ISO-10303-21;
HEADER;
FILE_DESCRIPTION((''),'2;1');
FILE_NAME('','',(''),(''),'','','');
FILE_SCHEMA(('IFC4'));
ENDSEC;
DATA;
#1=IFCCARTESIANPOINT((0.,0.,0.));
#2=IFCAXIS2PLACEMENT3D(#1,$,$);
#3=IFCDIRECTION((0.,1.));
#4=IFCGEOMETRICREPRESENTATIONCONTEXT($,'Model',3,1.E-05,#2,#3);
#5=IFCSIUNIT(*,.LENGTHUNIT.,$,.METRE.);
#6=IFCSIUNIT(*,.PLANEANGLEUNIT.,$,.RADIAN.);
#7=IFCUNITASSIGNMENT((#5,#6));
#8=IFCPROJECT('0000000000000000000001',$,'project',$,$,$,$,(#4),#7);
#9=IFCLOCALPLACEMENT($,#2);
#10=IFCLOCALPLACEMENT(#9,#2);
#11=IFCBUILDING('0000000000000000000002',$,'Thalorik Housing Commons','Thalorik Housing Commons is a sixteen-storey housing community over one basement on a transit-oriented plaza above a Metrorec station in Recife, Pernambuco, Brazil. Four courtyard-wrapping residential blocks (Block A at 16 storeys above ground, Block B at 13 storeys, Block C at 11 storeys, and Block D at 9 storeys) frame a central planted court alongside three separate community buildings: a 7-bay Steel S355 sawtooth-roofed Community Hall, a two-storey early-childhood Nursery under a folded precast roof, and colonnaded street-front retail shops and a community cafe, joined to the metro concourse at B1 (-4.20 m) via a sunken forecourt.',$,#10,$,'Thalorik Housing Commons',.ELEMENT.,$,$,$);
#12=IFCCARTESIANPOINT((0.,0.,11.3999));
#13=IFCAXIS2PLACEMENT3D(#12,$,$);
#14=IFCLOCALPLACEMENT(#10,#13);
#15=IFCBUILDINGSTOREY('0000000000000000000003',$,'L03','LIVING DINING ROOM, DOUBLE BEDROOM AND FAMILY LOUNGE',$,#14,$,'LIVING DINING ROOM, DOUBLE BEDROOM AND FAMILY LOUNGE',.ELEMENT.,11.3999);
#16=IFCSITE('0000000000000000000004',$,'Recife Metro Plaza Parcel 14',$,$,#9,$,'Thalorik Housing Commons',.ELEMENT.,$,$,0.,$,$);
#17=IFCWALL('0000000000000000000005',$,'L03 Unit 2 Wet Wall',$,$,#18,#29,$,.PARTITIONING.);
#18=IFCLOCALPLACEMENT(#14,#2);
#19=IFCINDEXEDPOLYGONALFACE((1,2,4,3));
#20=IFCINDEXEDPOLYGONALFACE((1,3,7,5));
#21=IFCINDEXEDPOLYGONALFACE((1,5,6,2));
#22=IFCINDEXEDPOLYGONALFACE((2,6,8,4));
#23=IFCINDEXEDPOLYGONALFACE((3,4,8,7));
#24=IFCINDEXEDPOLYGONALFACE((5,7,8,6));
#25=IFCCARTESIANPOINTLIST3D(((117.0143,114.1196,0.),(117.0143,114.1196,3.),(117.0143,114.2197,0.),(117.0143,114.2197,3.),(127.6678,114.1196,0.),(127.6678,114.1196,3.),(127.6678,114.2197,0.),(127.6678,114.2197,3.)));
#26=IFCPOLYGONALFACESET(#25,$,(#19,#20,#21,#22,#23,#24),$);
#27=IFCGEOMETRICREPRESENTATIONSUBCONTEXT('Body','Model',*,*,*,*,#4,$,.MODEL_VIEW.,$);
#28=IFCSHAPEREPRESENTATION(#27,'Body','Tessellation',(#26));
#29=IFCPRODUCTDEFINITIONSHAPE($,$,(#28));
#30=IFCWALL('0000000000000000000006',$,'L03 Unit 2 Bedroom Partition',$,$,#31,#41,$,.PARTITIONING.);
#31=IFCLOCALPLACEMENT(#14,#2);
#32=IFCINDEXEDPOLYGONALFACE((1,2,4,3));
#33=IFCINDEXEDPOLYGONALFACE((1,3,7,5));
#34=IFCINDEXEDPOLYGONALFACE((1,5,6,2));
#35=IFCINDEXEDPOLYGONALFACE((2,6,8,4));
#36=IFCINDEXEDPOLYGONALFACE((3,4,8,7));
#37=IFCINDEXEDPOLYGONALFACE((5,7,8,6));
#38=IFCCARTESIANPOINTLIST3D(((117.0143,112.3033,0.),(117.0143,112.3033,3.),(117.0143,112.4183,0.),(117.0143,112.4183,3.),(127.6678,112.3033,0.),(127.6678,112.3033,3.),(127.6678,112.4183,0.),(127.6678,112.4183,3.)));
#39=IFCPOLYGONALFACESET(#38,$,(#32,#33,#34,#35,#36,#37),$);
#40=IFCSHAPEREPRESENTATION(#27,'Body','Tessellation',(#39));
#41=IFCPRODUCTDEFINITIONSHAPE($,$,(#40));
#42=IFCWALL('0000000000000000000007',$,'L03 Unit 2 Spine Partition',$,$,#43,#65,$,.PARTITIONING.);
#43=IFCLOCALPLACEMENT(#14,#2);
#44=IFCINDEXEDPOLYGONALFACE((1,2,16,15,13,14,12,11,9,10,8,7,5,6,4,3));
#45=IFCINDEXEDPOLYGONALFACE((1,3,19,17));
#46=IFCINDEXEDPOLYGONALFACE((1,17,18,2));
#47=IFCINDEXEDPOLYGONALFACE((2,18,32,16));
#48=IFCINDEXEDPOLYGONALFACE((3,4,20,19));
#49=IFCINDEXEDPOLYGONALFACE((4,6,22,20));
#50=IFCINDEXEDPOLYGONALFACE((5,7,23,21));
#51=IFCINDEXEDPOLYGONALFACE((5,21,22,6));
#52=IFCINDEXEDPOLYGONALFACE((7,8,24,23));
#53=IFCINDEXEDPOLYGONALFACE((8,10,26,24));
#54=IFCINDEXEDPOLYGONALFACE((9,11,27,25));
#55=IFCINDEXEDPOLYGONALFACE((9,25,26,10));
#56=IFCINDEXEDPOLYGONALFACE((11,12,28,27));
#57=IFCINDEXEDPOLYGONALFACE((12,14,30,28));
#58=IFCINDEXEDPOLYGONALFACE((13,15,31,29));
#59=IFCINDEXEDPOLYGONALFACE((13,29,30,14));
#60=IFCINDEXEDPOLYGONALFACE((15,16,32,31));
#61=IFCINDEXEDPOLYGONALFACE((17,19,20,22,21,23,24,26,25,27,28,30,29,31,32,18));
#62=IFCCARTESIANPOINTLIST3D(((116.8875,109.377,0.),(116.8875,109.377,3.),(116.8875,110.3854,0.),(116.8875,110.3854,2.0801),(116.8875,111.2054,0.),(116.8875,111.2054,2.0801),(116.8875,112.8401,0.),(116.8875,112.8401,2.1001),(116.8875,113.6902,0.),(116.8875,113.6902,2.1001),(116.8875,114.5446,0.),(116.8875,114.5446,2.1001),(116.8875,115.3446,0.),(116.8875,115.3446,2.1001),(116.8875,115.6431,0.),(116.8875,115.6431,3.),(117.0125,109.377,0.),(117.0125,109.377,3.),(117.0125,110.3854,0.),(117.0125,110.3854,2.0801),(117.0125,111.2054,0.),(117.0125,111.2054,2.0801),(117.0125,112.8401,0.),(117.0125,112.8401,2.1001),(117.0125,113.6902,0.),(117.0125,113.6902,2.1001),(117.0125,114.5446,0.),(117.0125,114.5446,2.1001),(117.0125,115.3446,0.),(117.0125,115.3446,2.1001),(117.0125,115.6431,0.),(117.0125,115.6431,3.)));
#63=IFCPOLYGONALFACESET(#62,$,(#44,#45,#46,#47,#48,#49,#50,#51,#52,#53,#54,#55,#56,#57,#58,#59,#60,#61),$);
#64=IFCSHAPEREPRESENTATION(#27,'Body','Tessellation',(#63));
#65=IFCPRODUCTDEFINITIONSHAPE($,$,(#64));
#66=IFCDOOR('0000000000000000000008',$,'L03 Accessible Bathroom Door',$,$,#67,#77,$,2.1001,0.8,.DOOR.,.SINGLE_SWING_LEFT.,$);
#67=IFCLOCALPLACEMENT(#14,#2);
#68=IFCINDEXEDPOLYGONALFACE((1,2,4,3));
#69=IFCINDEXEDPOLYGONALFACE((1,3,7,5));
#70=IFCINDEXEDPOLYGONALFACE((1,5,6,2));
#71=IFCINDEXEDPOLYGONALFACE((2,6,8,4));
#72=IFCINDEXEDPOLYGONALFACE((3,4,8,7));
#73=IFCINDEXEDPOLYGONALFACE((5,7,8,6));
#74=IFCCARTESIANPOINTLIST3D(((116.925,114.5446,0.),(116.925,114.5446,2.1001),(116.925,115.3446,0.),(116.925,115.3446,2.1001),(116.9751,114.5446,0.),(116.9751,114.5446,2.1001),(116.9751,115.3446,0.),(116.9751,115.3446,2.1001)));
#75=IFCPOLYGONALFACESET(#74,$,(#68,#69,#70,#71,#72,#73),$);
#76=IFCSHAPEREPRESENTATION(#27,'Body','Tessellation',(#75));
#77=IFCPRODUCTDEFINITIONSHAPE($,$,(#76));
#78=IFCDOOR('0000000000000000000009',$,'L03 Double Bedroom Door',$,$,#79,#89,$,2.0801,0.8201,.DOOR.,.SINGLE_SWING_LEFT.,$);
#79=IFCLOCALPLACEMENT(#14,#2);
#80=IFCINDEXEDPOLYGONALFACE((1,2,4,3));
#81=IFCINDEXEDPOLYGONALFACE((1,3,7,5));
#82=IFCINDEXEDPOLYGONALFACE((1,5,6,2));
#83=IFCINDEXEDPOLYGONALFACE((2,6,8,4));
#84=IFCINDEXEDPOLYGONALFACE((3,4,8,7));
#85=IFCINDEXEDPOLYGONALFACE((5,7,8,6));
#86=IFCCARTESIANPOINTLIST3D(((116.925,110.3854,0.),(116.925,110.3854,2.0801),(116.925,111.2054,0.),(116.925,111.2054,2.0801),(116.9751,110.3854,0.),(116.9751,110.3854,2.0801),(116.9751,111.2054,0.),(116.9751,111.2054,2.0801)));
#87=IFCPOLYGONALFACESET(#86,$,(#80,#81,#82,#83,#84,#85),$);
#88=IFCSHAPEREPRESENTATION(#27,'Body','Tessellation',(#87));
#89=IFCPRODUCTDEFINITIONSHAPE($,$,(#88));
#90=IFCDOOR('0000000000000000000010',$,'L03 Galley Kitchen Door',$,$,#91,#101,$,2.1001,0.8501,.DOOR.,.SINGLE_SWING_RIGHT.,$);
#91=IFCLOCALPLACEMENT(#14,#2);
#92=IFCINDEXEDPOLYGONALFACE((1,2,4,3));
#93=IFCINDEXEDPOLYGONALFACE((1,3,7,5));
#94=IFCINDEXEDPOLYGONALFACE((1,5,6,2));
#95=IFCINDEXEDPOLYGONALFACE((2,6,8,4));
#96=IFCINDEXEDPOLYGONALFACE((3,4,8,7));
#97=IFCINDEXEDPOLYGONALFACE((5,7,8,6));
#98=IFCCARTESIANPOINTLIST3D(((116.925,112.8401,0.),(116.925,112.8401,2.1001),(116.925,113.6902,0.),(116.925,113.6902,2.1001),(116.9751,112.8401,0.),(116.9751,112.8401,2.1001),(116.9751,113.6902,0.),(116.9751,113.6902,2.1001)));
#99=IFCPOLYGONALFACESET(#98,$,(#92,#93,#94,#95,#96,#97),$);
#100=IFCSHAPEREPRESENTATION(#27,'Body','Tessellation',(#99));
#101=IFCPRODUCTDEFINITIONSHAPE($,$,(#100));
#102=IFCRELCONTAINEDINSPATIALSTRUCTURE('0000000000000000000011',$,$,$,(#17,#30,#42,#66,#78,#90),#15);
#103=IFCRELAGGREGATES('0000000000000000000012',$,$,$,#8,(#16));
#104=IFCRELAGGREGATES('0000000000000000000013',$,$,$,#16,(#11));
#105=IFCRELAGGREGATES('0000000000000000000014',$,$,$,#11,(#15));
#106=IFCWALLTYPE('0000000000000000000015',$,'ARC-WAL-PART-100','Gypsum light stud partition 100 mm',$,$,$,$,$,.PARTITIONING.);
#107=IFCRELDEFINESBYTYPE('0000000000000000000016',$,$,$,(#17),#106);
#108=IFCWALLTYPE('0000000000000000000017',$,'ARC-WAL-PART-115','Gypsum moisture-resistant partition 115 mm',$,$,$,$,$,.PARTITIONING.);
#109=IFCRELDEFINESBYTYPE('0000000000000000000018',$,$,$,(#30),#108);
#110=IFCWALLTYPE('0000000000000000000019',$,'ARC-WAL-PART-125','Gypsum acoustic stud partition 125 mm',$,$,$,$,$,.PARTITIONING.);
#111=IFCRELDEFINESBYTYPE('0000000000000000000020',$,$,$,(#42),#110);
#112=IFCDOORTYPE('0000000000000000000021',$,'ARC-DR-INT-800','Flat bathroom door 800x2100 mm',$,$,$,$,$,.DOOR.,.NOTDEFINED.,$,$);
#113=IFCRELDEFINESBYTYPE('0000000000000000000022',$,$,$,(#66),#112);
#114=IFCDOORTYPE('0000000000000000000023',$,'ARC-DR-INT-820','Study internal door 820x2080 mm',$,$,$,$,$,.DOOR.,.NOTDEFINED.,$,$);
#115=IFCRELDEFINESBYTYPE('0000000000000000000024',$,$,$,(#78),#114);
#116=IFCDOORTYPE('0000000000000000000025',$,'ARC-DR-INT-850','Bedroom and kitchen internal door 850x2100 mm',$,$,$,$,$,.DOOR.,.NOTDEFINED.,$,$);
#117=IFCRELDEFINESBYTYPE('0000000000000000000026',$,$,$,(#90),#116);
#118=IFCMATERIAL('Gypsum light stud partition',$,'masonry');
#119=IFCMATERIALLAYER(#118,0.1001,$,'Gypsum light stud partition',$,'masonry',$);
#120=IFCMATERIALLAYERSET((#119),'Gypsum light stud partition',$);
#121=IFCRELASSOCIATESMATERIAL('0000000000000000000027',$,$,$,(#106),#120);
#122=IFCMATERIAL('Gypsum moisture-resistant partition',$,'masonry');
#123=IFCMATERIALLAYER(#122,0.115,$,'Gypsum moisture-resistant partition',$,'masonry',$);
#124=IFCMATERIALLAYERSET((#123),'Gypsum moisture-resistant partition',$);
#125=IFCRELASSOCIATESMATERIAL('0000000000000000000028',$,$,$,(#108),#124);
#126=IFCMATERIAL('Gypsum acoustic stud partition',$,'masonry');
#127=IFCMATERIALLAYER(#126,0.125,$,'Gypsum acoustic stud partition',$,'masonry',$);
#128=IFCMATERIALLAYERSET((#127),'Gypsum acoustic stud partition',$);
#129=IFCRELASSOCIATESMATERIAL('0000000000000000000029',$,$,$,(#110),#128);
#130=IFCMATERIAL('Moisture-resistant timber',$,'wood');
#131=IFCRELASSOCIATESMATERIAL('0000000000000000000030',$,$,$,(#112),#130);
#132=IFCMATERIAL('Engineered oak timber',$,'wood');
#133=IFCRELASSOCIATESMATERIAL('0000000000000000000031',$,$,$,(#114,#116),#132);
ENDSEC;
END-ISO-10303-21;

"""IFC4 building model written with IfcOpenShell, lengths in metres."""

from ifc_helpers import new_model, si_unit, direction, frame, frame_2d, origin, place, context, subcontext, project, spatial, rectangle, extrude, material, layer, layer_set, type_object, element, fill, save


model = new_model("IFC4")

# Units and contexts
model_context = context("Model", 3, precision=1e-05, world=origin(), true_north=direction((0.0, 1.0)))
body_context = subcontext(model_context, "Body", "Model", "MODEL_VIEW")
ifc_project = project(units=[si_unit("LENGTHUNIT", "METRE"), si_unit("PLANEANGLEUNIT", "RADIAN")], contexts=[model_context])

# Site, building, storey
site_placement = place(None, origin())
site = spatial("IfcSite", under=ifc_project, at=site_placement, Name="Recife Metro Plaza Parcel 14", LongName="Thalorik Housing Commons", CompositionType="ELEMENT", RefElevation=0.0)
building_placement = place(site_placement, origin())
building = spatial("IfcBuilding", under=site, at=building_placement, Name="Thalorik Housing Commons", Description="Thalorik Housing Commons is a sixteen-storey housing community over one basement on a transit-oriented plaza above a Metrorec station in Recife, Pernambuco, Brazil. Four courtyard-wrapping residential blocks (Block A at 16 storeys above ground, Block B at 13 storeys, Block C at 11 storeys, and Block D at 9 storeys) frame a central planted court alongside three separate community buildings: a 7-bay Steel S355 sawtooth-roofed Community Hall, a two-storey early-childhood Nursery under a folded precast roof, and colonnaded street-front retail shops and a community cafe, joined to the metro concourse at B1 (-4.20 m) via a sunken forecourt.", LongName="Thalorik Housing Commons", CompositionType="ELEMENT")
storey_placement = place(building_placement, frame((0.0, 0.0, 11.3999)))
storey = spatial("IfcBuildingStorey", under=building, at=storey_placement, Name="L03", Description="LIVING DINING ROOM, DOUBLE BEDROOM AND FAMILY LOUNGE", LongName="LIVING DINING ROOM, DOUBLE BEDROOM AND FAMILY LOUNGE", CompositionType="ELEMENT", Elevation=11.3999)

# Walls
ifc_material_1 = material(Name="Gypsum light stud partition", Category="masonry")
ifc_layer_1 = layer(ifc_material_1, 0.1001, Name="Gypsum light stud partition", Category="masonry")
ifc_layer_set_1 = layer_set([ifc_layer_1], Name="Gypsum light stud partition")
wall_type_1 = type_object("IfcWallType", Name="ARC-WAL-PART-100", Description="Gypsum light stud partition 100 mm", PredefinedType="PARTITIONING", material=ifc_layer_set_1)
wall_1_placement = place(storey_placement, frame((117.0144, 114.1697, 0.0), z_axis=(0.0, 0.0, 1.0), x_axis=(1.0, 0.0, 0.0)))
element("IfcWall", 1, at=wall_1_placement, inside=storey, type_object=wall_type_1, Name="L03 Unit 2 Wet Wall", PredefinedType="PARTITIONING", context=body_context, shape_type="SweptSolid", body=[
    extrude(rectangle(XDim=10.6536, YDim=0.1001, at=frame_2d((5.3267, 0.0))), origin(), (0.0, 0.0, 1.0), 3.0),
])
ifc_material_2 = material(Name="Gypsum moisture-resistant partition", Category="masonry")
ifc_layer_2 = layer(ifc_material_2, 0.115, Name="Gypsum moisture-resistant partition", Category="masonry")
ifc_layer_set_2 = layer_set([ifc_layer_2], Name="Gypsum moisture-resistant partition")
wall_type_2 = type_object("IfcWallType", Name="ARC-WAL-PART-115", Description="Gypsum moisture-resistant partition 115 mm", PredefinedType="PARTITIONING", material=ifc_layer_set_2)
wall_2_placement = place(storey_placement, frame((117.0144, 112.3608, 0.0), z_axis=(0.0, 0.0, 1.0), x_axis=(1.0, 0.0, 0.0)))
element("IfcWall", 2, at=wall_2_placement, inside=storey, type_object=wall_type_2, Name="L03 Unit 2 Bedroom Partition", PredefinedType="PARTITIONING", context=body_context, shape_type="SweptSolid", body=[
    extrude(rectangle(XDim=10.6536, YDim=0.115, at=frame_2d((5.3267, 0.0))), origin(), (0.0, 0.0, 1.0), 3.0),
])

# Wall, openings, doors
ifc_material_3 = material(Name="Gypsum acoustic stud partition", Category="masonry")
ifc_layer_3 = layer(ifc_material_3, 0.125, Name="Gypsum acoustic stud partition", Category="masonry")
ifc_layer_set_3 = layer_set([ifc_layer_3], Name="Gypsum acoustic stud partition")
wall_type_3 = type_object("IfcWallType", Name="ARC-WAL-PART-125", Description="Gypsum acoustic stud partition 125 mm", PredefinedType="PARTITIONING", material=ifc_layer_set_3)
wall_3_placement = place(storey_placement, frame((116.95, 109.377, 0.0), z_axis=(0.0, 0.0, 1.0), x_axis=(0.0, 1.0, 0.0)))
wall_3 = element("IfcWall", 3, at=wall_3_placement, inside=storey, type_object=wall_type_3, Name="L03 Unit 2 Spine Partition", PredefinedType="PARTITIONING", context=body_context, shape_type="SweptSolid", body=[
    extrude(rectangle(XDim=6.2661, YDim=0.125, at=frame_2d((3.1331, 0.0))), origin(), (0.0, 0.0, 1.0), 3.0),
])
opening_1_placement = place(wall_3_placement, frame((1.0083, 0.0, 0.0)))
opening_1 = element("IfcOpeningElement", 4, at=opening_1_placement, cuts=wall_3, PredefinedType="OPENING", context=body_context, shape_type="SweptSolid", body=[
    extrude(rectangle(XDim=0.8201, YDim=2.0801, at=frame_2d((0.4102, 1.04))), frame((0.0, 0.0725, 0.0), z_axis=(0.0, -1.0, 0.0), x_axis=(1.0, 0.0, 0.0)), (0.0, 0.0, 1.0), 0.145),
])
opening_2_placement = place(wall_3_placement, frame((3.4631, 0.0, 0.0)))
opening_2 = element("IfcOpeningElement", 5, at=opening_2_placement, cuts=wall_3, PredefinedType="OPENING", context=body_context, shape_type="SweptSolid", body=[
    extrude(rectangle(XDim=0.8501, YDim=2.1001, at=frame_2d((0.425, 1.05))), frame((0.0, 0.0725, 0.0), z_axis=(0.0, -1.0, 0.0), x_axis=(1.0, 0.0, 0.0)), (0.0, 0.0, 1.0), 0.145),
])
opening_3_placement = place(wall_3_placement, frame((5.1677, 0.0, 0.0)))
opening_3 = element("IfcOpeningElement", 6, at=opening_3_placement, cuts=wall_3, PredefinedType="OPENING", context=body_context, shape_type="SweptSolid", body=[
    extrude(rectangle(XDim=0.8, YDim=2.1001, at=frame_2d((0.3999, 1.05))), frame((0.0, 0.0725, 0.0), z_axis=(0.0, -1.0, 0.0), x_axis=(1.0, 0.0, 0.0)), (0.0, 0.0, 1.0), 0.145),
])
ifc_material_4 = material(Name="Moisture-resistant timber", Category="wood")
door_type_1 = type_object("IfcDoorType", Name="ARC-DR-INT-800", Description="Flat bathroom door 800x2100 mm", OperationType="NOTDEFINED", PredefinedType="DOOR", material=ifc_material_4)
door_1_placement = place(opening_3_placement, origin())
door_1 = element("IfcDoor", 7, at=door_1_placement, inside=storey, type_object=door_type_1, Name="L03 Accessible Bathroom Door", OperationType="SINGLE_SWING_LEFT", OverallHeight=2.1001, OverallWidth=0.8, PredefinedType="DOOR", context=body_context, shape_type="SweptSolid", body=[
    extrude(rectangle(XDim=0.8, YDim=2.1001, at=frame_2d((0.3999, 1.05))), frame((0.0, 0.0249, 0.0), z_axis=(0.0, -1.0, 0.0), x_axis=(1.0, 0.0, 0.0)), (0.0, 0.0, 1.0), 0.05),
])
fill(opening_3, door_1)
ifc_material_5 = material(Name="Engineered oak timber", Category="wood")
door_type_2 = type_object("IfcDoorType", Name="ARC-DR-INT-820", Description="Study internal door 820x2080 mm", OperationType="NOTDEFINED", PredefinedType="DOOR", material=ifc_material_5)
door_2_placement = place(opening_1_placement, origin())
door_2 = element("IfcDoor", 8, at=door_2_placement, inside=storey, type_object=door_type_2, Name="L03 Double Bedroom Door", OperationType="SINGLE_SWING_LEFT", OverallHeight=2.0801, OverallWidth=0.8201, PredefinedType="DOOR", context=body_context, shape_type="SweptSolid", body=[
    extrude(rectangle(XDim=0.8201, YDim=2.0801, at=frame_2d((0.4102, 1.04))), frame((0.0, 0.0249, 0.0), z_axis=(0.0, -1.0, 0.0), x_axis=(1.0, 0.0, 0.0)), (0.0, 0.0, 1.0), 0.05),
])
fill(opening_1, door_2)
door_type_3 = type_object("IfcDoorType", Name="ARC-DR-INT-850", Description="Bedroom and kitchen internal door 850x2100 mm", OperationType="NOTDEFINED", PredefinedType="DOOR", material=ifc_material_5)
door_3_placement = place(opening_2_placement, origin())
door_3 = element("IfcDoor", 9, at=door_3_placement, inside=storey, type_object=door_type_3, Name="L03 Galley Kitchen Door", OperationType="SINGLE_SWING_RIGHT", OverallHeight=2.1001, OverallWidth=0.8501, PredefinedType="DOOR", context=body_context, shape_type="SweptSolid", body=[
    extrude(rectangle(XDim=0.8501, YDim=2.1001, at=frame_2d((0.425, 1.05))), frame((0.0, 0.0249, 0.0), z_axis=(0.0, -1.0, 0.0), x_axis=(1.0, 0.0, 0.0)), (0.0, 0.0, 1.0), 0.05),
])
fill(opening_2, door_3)

save(model, "model.ifc")
